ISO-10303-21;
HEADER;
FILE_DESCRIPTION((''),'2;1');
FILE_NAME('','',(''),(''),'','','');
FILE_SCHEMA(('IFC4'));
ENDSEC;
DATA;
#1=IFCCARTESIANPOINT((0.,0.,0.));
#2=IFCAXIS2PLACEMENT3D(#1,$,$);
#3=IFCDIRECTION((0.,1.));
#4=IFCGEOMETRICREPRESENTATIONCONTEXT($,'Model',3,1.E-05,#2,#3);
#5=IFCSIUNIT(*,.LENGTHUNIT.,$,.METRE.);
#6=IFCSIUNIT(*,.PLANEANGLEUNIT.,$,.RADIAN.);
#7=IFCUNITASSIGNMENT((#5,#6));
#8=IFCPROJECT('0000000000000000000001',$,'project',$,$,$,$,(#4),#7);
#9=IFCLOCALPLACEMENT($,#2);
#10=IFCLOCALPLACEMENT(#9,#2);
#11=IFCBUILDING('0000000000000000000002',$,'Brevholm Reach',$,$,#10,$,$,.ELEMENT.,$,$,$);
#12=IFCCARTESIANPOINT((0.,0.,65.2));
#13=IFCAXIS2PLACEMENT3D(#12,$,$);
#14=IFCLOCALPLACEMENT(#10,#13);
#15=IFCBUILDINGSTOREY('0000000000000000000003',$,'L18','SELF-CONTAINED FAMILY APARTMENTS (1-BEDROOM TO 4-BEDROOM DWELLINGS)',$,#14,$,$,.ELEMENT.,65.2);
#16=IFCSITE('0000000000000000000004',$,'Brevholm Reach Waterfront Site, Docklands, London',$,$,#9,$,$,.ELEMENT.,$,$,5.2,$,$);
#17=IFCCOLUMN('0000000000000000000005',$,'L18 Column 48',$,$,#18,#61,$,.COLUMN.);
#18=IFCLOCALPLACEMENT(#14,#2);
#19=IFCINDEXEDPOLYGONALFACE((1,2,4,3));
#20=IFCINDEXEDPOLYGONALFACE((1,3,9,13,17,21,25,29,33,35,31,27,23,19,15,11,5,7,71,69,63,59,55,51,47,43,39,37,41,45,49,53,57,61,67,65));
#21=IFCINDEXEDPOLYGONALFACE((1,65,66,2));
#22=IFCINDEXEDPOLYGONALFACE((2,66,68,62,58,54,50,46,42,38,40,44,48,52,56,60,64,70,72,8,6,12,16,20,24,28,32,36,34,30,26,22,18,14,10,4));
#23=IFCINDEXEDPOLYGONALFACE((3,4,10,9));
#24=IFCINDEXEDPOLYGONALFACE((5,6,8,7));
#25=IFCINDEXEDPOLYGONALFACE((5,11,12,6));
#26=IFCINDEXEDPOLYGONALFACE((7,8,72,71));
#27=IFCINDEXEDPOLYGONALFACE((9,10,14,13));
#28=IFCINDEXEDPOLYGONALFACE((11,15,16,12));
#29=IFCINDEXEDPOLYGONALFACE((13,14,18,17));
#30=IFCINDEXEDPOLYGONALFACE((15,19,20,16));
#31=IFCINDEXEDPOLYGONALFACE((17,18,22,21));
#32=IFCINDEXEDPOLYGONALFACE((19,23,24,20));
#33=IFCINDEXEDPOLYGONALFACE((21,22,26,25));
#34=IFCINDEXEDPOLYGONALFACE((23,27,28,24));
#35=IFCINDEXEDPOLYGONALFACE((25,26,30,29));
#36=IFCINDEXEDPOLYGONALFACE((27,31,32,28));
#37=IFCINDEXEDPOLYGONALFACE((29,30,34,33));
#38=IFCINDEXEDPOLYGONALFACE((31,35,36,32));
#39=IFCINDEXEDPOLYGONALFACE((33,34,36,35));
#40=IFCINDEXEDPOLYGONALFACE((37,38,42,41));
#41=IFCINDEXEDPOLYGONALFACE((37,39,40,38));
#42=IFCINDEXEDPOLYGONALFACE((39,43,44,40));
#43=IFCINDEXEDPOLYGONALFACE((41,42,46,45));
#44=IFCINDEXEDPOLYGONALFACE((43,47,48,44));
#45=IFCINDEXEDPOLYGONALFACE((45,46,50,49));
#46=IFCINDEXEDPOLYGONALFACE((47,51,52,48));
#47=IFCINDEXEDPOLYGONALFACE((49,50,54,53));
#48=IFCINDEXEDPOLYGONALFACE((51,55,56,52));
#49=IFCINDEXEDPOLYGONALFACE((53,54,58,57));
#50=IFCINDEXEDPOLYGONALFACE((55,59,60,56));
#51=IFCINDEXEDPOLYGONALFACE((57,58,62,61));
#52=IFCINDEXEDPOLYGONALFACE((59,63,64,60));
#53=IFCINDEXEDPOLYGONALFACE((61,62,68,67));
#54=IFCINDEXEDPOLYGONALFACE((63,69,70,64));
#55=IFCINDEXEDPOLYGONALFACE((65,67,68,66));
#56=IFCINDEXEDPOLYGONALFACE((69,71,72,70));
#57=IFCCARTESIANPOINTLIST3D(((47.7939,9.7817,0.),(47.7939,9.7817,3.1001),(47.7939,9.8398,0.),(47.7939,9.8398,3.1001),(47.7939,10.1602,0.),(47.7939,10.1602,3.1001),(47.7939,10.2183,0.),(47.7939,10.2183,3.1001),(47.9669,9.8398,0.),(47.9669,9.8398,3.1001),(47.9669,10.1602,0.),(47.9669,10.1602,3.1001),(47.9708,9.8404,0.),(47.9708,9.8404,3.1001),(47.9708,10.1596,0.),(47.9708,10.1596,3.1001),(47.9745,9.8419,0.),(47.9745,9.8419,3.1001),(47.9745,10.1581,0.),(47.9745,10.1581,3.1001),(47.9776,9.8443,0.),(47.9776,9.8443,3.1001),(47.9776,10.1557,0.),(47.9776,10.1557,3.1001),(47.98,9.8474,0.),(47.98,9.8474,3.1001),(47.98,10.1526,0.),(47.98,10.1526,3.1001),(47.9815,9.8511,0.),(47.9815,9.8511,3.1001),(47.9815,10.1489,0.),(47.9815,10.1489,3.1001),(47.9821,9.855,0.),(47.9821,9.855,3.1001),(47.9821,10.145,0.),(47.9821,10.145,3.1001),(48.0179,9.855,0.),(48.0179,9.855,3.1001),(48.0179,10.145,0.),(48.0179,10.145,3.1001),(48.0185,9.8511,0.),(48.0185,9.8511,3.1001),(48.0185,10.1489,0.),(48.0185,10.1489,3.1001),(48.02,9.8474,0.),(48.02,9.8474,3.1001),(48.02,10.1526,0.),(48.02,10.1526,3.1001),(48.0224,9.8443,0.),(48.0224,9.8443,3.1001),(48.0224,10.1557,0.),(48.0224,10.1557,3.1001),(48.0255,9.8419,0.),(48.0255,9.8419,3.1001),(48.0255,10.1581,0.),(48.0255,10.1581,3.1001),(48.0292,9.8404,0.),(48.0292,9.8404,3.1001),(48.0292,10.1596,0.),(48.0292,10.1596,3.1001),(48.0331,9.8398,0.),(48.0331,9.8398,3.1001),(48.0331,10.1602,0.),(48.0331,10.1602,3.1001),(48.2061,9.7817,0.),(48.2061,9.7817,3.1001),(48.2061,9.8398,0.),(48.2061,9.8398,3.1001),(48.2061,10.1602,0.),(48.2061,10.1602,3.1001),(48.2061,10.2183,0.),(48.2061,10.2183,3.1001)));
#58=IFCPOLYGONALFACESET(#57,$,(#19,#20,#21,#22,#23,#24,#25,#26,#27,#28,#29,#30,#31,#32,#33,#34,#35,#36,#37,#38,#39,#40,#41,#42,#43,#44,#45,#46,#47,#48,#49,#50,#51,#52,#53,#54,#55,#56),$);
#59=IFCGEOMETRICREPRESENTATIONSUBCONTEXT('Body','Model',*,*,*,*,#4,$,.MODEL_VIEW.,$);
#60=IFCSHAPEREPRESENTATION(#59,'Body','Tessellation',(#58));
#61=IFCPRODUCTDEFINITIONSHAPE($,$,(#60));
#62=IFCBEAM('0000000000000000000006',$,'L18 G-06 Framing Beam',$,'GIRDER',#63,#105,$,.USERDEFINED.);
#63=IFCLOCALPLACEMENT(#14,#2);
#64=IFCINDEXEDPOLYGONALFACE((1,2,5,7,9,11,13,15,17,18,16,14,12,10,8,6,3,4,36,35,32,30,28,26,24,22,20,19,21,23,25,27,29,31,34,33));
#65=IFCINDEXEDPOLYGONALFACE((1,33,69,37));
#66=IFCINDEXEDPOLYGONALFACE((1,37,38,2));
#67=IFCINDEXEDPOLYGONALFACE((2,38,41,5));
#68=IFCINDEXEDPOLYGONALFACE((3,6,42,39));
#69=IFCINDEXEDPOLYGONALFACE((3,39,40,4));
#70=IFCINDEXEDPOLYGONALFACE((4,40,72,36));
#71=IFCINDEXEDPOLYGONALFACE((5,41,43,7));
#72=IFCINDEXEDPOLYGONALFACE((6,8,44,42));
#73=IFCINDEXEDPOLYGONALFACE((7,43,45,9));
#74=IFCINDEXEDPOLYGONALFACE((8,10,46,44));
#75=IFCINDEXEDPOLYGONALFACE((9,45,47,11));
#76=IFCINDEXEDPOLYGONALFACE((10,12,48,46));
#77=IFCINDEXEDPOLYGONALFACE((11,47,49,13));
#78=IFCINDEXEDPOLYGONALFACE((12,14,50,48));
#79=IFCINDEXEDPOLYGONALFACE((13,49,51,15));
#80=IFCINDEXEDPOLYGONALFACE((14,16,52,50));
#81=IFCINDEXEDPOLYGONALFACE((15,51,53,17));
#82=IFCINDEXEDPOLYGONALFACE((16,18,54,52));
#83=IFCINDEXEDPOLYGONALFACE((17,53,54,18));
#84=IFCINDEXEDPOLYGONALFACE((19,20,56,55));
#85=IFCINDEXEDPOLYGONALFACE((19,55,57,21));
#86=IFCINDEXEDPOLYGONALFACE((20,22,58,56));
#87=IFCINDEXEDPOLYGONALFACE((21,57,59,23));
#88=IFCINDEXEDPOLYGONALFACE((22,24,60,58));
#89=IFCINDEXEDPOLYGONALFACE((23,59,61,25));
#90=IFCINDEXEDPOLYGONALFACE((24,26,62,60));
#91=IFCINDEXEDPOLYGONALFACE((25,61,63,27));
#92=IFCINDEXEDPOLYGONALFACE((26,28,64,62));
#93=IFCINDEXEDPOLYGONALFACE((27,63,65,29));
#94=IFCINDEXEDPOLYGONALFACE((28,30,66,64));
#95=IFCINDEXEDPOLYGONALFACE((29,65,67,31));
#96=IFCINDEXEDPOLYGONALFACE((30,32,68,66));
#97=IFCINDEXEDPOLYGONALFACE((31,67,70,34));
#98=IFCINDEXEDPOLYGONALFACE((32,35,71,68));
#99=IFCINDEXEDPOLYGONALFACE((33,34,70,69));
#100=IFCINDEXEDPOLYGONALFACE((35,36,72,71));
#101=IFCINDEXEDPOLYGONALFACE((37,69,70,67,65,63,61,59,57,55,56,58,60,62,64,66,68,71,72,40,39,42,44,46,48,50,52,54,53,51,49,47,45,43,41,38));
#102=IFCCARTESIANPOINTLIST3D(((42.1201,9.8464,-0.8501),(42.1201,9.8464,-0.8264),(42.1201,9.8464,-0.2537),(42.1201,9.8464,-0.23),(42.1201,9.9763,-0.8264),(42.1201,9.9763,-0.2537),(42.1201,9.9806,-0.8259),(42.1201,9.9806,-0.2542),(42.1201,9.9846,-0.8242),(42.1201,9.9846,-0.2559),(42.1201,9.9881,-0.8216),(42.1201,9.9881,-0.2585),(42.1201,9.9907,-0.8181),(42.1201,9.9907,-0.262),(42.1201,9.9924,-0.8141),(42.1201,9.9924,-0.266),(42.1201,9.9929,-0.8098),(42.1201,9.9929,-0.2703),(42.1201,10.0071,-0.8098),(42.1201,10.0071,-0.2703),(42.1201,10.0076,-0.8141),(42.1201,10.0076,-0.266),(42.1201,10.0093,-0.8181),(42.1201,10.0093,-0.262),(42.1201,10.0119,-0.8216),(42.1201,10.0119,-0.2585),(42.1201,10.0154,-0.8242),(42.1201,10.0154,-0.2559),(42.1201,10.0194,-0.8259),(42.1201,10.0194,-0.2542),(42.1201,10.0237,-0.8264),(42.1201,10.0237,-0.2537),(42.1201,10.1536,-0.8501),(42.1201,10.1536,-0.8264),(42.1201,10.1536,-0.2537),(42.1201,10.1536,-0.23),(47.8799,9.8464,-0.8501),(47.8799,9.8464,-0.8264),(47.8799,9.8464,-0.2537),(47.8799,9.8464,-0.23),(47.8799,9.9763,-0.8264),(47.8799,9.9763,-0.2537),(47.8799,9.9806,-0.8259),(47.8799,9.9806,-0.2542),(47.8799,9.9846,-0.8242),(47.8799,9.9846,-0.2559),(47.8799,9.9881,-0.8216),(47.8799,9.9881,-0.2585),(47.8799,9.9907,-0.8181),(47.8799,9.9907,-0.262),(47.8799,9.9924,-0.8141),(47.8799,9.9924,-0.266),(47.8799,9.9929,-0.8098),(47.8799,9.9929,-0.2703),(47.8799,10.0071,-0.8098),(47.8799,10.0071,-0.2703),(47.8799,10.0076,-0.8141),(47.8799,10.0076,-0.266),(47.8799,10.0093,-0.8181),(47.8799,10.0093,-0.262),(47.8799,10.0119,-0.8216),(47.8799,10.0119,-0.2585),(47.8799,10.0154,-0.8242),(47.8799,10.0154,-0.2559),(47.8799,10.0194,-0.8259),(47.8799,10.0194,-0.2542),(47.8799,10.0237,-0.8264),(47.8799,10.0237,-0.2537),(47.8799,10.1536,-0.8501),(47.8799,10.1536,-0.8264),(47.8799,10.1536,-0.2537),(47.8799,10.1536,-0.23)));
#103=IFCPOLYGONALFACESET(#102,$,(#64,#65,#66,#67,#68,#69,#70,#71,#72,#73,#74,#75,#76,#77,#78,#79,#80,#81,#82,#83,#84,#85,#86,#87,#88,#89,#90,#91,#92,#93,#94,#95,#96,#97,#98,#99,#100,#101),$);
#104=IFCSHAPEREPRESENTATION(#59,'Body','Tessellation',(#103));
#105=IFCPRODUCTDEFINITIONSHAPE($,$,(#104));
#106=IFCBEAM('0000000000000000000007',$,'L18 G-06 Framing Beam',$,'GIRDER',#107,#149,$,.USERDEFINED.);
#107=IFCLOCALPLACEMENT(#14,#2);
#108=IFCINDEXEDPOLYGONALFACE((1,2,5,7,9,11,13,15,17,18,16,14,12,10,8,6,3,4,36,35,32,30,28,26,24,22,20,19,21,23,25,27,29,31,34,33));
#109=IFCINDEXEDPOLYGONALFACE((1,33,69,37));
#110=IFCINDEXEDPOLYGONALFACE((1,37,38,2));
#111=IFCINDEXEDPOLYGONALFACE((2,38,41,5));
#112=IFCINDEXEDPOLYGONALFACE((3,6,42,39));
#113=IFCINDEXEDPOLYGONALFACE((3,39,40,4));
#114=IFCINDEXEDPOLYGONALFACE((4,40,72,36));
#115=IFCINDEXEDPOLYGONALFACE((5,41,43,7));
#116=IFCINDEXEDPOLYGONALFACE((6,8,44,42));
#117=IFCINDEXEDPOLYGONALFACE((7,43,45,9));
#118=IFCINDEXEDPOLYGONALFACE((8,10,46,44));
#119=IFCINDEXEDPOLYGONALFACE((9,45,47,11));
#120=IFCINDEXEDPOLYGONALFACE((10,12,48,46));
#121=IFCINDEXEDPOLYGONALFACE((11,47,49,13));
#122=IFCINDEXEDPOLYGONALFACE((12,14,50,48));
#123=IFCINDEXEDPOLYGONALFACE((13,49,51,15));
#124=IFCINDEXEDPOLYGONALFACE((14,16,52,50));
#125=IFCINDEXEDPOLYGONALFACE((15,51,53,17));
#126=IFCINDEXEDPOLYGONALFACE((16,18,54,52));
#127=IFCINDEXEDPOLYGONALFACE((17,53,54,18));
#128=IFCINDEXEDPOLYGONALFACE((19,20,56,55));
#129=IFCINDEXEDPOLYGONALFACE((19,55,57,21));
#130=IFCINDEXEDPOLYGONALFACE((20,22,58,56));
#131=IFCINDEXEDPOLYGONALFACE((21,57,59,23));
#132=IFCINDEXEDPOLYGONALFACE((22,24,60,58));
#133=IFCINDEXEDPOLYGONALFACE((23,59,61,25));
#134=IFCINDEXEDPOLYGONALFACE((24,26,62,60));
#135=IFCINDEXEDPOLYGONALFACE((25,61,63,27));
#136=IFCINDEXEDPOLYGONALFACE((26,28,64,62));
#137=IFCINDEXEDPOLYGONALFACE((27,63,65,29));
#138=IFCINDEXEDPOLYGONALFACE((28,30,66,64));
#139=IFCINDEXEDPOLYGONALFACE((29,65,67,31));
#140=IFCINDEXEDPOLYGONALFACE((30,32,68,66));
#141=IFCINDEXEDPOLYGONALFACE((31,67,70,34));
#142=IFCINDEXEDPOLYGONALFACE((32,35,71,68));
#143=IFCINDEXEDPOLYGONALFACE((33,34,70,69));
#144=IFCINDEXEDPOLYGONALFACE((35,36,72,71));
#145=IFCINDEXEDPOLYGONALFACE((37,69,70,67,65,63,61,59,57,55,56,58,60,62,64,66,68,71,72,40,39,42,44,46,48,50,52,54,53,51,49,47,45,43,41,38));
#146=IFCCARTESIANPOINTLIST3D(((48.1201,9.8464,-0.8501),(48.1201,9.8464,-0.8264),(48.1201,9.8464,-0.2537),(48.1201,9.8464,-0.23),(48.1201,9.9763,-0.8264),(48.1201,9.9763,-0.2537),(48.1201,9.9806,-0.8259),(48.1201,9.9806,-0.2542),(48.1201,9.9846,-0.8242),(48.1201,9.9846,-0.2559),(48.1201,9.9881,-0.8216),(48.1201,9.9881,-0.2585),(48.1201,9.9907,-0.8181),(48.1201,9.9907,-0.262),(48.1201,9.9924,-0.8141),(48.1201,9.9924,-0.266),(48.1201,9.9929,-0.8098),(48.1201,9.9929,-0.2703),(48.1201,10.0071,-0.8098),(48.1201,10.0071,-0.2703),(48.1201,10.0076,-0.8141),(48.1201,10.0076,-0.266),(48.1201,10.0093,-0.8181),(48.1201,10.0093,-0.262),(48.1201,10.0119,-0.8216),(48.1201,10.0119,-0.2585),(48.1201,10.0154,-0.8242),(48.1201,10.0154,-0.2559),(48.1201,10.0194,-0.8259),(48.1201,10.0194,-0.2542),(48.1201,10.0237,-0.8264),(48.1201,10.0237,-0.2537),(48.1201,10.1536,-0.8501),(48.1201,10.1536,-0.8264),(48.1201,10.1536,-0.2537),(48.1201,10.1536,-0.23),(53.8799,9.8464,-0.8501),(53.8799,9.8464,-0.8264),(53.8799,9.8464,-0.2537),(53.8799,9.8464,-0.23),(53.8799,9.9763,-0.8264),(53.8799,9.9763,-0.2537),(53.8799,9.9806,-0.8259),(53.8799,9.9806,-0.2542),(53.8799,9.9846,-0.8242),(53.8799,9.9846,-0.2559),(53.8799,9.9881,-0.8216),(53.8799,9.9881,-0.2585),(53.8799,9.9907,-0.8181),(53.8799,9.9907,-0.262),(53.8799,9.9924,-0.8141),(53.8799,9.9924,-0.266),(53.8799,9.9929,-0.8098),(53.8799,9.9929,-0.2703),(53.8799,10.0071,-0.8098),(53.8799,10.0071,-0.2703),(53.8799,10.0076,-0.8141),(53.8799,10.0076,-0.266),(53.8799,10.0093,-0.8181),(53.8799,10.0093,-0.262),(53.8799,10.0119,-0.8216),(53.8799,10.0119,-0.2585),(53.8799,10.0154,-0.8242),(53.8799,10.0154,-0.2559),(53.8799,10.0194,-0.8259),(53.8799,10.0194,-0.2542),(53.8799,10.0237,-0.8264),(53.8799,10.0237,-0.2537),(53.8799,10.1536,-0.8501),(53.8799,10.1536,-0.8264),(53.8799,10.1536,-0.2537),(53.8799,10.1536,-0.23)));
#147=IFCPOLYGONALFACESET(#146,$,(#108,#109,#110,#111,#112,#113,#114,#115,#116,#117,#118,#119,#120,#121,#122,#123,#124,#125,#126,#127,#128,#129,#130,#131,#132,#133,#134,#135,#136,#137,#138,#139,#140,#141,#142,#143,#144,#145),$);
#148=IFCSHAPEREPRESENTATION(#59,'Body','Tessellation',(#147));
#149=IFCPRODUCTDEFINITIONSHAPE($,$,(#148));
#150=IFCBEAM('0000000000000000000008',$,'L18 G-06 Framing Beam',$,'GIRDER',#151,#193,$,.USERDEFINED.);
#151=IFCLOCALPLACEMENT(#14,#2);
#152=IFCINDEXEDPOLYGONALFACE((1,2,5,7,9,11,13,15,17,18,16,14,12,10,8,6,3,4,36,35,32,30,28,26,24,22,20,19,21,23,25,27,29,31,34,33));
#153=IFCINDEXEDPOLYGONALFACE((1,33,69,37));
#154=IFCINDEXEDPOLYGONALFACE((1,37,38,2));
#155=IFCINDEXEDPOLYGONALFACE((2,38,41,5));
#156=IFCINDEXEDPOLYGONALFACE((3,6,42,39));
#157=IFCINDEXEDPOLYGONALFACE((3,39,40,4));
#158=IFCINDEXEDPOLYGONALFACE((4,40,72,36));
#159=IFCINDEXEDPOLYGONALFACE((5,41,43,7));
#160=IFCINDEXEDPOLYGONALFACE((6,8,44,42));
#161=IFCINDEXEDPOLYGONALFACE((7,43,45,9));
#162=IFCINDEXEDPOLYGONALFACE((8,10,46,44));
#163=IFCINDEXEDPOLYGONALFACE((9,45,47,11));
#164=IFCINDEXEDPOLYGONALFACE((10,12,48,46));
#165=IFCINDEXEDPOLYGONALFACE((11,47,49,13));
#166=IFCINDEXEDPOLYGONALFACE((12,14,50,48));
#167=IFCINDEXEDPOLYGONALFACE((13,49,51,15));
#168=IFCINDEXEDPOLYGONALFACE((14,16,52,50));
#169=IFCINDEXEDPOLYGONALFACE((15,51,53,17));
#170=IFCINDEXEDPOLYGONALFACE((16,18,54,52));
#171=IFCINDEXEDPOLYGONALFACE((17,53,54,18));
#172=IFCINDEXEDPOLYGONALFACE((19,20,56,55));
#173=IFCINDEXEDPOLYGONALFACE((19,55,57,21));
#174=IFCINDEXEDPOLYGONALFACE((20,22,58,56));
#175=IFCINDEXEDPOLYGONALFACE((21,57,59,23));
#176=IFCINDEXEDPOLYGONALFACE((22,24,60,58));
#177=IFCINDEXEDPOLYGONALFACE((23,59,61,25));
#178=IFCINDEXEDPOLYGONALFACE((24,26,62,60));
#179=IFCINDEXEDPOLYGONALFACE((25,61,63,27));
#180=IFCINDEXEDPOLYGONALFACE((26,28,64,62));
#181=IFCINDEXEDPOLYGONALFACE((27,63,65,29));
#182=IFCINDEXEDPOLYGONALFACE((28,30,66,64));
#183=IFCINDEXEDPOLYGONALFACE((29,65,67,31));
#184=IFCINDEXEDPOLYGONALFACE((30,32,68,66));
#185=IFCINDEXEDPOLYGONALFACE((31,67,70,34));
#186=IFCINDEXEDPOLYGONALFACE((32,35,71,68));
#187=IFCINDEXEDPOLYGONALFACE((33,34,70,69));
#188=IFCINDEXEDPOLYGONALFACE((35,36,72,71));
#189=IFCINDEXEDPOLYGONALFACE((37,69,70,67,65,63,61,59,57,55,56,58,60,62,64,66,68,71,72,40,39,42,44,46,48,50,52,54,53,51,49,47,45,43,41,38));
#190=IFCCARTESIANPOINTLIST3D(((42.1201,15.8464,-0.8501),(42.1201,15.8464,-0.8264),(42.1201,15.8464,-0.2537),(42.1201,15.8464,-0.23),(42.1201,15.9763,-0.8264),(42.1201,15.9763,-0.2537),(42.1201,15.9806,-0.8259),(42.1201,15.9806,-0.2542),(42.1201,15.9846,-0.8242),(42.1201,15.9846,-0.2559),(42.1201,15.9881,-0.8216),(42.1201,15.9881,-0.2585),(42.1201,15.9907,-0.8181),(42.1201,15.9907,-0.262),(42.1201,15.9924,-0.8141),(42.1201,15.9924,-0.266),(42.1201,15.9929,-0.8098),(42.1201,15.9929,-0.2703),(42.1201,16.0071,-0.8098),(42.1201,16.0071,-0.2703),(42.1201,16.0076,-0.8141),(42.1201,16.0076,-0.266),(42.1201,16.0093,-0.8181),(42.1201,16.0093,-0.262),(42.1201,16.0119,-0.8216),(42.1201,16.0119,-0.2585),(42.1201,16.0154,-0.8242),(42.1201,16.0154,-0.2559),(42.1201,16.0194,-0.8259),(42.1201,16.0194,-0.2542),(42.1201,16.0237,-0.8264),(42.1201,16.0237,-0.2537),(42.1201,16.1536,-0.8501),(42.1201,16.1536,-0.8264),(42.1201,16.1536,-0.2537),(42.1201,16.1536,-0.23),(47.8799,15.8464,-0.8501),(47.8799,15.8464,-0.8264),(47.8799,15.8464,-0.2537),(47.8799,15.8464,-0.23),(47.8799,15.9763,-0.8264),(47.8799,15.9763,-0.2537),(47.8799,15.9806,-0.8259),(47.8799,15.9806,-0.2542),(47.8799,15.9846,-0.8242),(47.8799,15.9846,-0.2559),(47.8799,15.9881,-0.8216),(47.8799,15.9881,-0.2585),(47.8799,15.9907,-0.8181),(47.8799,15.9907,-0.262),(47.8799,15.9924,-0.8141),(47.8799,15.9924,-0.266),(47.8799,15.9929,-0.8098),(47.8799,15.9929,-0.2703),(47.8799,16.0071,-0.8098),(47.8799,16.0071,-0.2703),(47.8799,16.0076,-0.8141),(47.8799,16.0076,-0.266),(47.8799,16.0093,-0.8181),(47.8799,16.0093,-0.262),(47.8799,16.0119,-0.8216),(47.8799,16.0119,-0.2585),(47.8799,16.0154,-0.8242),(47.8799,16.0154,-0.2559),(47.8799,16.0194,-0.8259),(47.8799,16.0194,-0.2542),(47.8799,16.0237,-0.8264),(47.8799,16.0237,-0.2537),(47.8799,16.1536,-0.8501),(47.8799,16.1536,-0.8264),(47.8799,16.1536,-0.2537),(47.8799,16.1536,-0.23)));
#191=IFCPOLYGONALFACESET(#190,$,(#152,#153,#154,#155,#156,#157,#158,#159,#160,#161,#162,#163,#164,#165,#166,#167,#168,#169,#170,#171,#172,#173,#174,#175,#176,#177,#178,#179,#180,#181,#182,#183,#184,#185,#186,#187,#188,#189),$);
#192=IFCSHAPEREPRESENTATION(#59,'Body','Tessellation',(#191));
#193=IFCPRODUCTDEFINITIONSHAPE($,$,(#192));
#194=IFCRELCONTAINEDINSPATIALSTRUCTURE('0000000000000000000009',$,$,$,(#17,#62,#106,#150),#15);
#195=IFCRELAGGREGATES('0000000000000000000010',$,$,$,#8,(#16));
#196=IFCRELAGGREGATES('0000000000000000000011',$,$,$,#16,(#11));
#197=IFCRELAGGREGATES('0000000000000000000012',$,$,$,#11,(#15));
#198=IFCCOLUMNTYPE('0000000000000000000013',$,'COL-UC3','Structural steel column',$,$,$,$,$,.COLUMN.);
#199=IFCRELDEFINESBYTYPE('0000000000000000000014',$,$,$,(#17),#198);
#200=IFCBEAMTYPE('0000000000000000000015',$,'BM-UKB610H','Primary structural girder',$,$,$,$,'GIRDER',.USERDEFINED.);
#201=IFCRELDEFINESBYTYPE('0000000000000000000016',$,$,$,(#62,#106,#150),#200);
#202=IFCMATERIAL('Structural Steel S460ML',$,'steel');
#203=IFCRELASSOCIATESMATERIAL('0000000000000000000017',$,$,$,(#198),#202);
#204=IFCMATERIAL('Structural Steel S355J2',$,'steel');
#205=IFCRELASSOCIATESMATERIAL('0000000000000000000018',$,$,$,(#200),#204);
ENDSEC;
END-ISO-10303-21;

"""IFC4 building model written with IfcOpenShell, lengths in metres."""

from ifc_helpers import new_model, si_unit, direction, frame, origin, origin_2d, place, context, subcontext, project, spatial, i_section, extrude, material, material_profile, profile_set, type_object, element, save


model = new_model("IFC4")

# Units and contexts
model_context = context("Model", 3, precision=1e-05, world=origin(), true_north=direction((0.0, 1.0)))
body_context = subcontext(model_context, "Body", "Model", "MODEL_VIEW")
ifc_project = project(units=[si_unit("LENGTHUNIT", "METRE"), si_unit("PLANEANGLEUNIT", "RADIAN")], contexts=[model_context])

# Site, building, storey
site_placement = place(None, origin())
site = spatial("IfcSite", under=ifc_project, at=site_placement, Name="Brevholm Reach Waterfront Site, Docklands, London", CompositionType="ELEMENT", RefElevation=5.2)
building_placement = place(site_placement, origin())
building = spatial("IfcBuilding", under=site, at=building_placement, Name="Brevholm Reach", CompositionType="ELEMENT")
storey_placement = place(building_placement, frame((0.0, 0.0, 65.2)))
storey = spatial("IfcBuildingStorey", under=building, at=storey_placement, Name="L18", Description="SELF-CONTAINED FAMILY APARTMENTS (1-BEDROOM TO 4-BEDROOM DWELLINGS)", CompositionType="ELEMENT", Elevation=65.2)

# Column
ifc_material_1 = material(Name="Structural Steel S460ML", Category="steel")
ifc_material_profile_1 = material_profile(ifc_material_1, i_section(OverallWidth=0.4121, OverallDepth=0.4365, WebThickness=0.0359, FlangeThickness=0.0581, FilletRadius=0.0151, at=origin_2d()), Name="UKC 356x406x467")
ifc_profile_set_1 = profile_set([ifc_material_profile_1], Name="Structural Steel S460ML")
column_type = type_object("IfcColumnType", Name="COL-UC3", Description="Structural steel column", PredefinedType="COLUMN", material=ifc_profile_set_1)
column_placement = place(storey_placement, frame((48.0, 10.0, 0.0), z_axis=(0.0, 0.0, 1.0), x_axis=(1.0, 0.0, 0.0)))
element("IfcColumn", 1, at=column_placement, inside=storey, type_object=column_type, Name="L18 Column 48", PredefinedType="COLUMN", context=body_context, shape_type="SweptSolid", body=[
    extrude(i_section(OverallWidth=0.4121, OverallDepth=0.4365, WebThickness=0.0359, FlangeThickness=0.0581, FilletRadius=0.0151, at=origin_2d()), origin(), (0.0, 0.0, 1.0), 3.1001),
])

# Beams
ifc_material_2 = material(Name="Structural Steel S355J2", Category="steel")
ifc_material_profile_2 = material_profile(ifc_material_2, i_section(OverallWidth=0.3071, OverallDepth=0.6201, WebThickness=0.0142, FlangeThickness=0.0237, FilletRadius=0.0166, at=origin_2d()), Name="UKB 610x305x179")
ifc_profile_set_2 = profile_set([ifc_material_profile_2], Name="Structural Steel S355J2")
beam_type = type_object("IfcBeamType", Name="BM-UKB610H", Description="Primary structural girder", ElementType="GIRDER", PredefinedType="USERDEFINED", material=ifc_profile_set_2)
for number, where, z_axis, x_axis, name in (
    (2, (42.1201, 10.0, -0.54), (1.0, 0.0, 0.0), (0.0, 1.0, 0.0), "L18 G-06 Framing Beam"),
    (3, (48.1201, 10.0, -0.54), (1.0, 0.0, 0.0), (0.0, 1.0, 0.0), "L18 G-06 Framing Beam"),
    (4, (42.1201, 16.0, -0.54), (1.0, 0.0, 0.0), (0.0, 1.0, 0.0), "L18 G-06 Framing Beam"),
):
    element("IfcBeam", number, at=place(storey_placement, frame(where, z_axis=z_axis, x_axis=x_axis)), inside=storey, type_object=beam_type, Name=name, ObjectType="GIRDER", PredefinedType="USERDEFINED", context=body_context, shape_type="SweptSolid", body=[
        extrude(i_section(OverallWidth=0.3071, OverallDepth=0.6201, WebThickness=0.0142, FlangeThickness=0.0237, FilletRadius=0.0166, at=origin_2d()), origin(), (0.0, 0.0, 1.0), 5.7598),
    ])

save(model, "model.ifc")
